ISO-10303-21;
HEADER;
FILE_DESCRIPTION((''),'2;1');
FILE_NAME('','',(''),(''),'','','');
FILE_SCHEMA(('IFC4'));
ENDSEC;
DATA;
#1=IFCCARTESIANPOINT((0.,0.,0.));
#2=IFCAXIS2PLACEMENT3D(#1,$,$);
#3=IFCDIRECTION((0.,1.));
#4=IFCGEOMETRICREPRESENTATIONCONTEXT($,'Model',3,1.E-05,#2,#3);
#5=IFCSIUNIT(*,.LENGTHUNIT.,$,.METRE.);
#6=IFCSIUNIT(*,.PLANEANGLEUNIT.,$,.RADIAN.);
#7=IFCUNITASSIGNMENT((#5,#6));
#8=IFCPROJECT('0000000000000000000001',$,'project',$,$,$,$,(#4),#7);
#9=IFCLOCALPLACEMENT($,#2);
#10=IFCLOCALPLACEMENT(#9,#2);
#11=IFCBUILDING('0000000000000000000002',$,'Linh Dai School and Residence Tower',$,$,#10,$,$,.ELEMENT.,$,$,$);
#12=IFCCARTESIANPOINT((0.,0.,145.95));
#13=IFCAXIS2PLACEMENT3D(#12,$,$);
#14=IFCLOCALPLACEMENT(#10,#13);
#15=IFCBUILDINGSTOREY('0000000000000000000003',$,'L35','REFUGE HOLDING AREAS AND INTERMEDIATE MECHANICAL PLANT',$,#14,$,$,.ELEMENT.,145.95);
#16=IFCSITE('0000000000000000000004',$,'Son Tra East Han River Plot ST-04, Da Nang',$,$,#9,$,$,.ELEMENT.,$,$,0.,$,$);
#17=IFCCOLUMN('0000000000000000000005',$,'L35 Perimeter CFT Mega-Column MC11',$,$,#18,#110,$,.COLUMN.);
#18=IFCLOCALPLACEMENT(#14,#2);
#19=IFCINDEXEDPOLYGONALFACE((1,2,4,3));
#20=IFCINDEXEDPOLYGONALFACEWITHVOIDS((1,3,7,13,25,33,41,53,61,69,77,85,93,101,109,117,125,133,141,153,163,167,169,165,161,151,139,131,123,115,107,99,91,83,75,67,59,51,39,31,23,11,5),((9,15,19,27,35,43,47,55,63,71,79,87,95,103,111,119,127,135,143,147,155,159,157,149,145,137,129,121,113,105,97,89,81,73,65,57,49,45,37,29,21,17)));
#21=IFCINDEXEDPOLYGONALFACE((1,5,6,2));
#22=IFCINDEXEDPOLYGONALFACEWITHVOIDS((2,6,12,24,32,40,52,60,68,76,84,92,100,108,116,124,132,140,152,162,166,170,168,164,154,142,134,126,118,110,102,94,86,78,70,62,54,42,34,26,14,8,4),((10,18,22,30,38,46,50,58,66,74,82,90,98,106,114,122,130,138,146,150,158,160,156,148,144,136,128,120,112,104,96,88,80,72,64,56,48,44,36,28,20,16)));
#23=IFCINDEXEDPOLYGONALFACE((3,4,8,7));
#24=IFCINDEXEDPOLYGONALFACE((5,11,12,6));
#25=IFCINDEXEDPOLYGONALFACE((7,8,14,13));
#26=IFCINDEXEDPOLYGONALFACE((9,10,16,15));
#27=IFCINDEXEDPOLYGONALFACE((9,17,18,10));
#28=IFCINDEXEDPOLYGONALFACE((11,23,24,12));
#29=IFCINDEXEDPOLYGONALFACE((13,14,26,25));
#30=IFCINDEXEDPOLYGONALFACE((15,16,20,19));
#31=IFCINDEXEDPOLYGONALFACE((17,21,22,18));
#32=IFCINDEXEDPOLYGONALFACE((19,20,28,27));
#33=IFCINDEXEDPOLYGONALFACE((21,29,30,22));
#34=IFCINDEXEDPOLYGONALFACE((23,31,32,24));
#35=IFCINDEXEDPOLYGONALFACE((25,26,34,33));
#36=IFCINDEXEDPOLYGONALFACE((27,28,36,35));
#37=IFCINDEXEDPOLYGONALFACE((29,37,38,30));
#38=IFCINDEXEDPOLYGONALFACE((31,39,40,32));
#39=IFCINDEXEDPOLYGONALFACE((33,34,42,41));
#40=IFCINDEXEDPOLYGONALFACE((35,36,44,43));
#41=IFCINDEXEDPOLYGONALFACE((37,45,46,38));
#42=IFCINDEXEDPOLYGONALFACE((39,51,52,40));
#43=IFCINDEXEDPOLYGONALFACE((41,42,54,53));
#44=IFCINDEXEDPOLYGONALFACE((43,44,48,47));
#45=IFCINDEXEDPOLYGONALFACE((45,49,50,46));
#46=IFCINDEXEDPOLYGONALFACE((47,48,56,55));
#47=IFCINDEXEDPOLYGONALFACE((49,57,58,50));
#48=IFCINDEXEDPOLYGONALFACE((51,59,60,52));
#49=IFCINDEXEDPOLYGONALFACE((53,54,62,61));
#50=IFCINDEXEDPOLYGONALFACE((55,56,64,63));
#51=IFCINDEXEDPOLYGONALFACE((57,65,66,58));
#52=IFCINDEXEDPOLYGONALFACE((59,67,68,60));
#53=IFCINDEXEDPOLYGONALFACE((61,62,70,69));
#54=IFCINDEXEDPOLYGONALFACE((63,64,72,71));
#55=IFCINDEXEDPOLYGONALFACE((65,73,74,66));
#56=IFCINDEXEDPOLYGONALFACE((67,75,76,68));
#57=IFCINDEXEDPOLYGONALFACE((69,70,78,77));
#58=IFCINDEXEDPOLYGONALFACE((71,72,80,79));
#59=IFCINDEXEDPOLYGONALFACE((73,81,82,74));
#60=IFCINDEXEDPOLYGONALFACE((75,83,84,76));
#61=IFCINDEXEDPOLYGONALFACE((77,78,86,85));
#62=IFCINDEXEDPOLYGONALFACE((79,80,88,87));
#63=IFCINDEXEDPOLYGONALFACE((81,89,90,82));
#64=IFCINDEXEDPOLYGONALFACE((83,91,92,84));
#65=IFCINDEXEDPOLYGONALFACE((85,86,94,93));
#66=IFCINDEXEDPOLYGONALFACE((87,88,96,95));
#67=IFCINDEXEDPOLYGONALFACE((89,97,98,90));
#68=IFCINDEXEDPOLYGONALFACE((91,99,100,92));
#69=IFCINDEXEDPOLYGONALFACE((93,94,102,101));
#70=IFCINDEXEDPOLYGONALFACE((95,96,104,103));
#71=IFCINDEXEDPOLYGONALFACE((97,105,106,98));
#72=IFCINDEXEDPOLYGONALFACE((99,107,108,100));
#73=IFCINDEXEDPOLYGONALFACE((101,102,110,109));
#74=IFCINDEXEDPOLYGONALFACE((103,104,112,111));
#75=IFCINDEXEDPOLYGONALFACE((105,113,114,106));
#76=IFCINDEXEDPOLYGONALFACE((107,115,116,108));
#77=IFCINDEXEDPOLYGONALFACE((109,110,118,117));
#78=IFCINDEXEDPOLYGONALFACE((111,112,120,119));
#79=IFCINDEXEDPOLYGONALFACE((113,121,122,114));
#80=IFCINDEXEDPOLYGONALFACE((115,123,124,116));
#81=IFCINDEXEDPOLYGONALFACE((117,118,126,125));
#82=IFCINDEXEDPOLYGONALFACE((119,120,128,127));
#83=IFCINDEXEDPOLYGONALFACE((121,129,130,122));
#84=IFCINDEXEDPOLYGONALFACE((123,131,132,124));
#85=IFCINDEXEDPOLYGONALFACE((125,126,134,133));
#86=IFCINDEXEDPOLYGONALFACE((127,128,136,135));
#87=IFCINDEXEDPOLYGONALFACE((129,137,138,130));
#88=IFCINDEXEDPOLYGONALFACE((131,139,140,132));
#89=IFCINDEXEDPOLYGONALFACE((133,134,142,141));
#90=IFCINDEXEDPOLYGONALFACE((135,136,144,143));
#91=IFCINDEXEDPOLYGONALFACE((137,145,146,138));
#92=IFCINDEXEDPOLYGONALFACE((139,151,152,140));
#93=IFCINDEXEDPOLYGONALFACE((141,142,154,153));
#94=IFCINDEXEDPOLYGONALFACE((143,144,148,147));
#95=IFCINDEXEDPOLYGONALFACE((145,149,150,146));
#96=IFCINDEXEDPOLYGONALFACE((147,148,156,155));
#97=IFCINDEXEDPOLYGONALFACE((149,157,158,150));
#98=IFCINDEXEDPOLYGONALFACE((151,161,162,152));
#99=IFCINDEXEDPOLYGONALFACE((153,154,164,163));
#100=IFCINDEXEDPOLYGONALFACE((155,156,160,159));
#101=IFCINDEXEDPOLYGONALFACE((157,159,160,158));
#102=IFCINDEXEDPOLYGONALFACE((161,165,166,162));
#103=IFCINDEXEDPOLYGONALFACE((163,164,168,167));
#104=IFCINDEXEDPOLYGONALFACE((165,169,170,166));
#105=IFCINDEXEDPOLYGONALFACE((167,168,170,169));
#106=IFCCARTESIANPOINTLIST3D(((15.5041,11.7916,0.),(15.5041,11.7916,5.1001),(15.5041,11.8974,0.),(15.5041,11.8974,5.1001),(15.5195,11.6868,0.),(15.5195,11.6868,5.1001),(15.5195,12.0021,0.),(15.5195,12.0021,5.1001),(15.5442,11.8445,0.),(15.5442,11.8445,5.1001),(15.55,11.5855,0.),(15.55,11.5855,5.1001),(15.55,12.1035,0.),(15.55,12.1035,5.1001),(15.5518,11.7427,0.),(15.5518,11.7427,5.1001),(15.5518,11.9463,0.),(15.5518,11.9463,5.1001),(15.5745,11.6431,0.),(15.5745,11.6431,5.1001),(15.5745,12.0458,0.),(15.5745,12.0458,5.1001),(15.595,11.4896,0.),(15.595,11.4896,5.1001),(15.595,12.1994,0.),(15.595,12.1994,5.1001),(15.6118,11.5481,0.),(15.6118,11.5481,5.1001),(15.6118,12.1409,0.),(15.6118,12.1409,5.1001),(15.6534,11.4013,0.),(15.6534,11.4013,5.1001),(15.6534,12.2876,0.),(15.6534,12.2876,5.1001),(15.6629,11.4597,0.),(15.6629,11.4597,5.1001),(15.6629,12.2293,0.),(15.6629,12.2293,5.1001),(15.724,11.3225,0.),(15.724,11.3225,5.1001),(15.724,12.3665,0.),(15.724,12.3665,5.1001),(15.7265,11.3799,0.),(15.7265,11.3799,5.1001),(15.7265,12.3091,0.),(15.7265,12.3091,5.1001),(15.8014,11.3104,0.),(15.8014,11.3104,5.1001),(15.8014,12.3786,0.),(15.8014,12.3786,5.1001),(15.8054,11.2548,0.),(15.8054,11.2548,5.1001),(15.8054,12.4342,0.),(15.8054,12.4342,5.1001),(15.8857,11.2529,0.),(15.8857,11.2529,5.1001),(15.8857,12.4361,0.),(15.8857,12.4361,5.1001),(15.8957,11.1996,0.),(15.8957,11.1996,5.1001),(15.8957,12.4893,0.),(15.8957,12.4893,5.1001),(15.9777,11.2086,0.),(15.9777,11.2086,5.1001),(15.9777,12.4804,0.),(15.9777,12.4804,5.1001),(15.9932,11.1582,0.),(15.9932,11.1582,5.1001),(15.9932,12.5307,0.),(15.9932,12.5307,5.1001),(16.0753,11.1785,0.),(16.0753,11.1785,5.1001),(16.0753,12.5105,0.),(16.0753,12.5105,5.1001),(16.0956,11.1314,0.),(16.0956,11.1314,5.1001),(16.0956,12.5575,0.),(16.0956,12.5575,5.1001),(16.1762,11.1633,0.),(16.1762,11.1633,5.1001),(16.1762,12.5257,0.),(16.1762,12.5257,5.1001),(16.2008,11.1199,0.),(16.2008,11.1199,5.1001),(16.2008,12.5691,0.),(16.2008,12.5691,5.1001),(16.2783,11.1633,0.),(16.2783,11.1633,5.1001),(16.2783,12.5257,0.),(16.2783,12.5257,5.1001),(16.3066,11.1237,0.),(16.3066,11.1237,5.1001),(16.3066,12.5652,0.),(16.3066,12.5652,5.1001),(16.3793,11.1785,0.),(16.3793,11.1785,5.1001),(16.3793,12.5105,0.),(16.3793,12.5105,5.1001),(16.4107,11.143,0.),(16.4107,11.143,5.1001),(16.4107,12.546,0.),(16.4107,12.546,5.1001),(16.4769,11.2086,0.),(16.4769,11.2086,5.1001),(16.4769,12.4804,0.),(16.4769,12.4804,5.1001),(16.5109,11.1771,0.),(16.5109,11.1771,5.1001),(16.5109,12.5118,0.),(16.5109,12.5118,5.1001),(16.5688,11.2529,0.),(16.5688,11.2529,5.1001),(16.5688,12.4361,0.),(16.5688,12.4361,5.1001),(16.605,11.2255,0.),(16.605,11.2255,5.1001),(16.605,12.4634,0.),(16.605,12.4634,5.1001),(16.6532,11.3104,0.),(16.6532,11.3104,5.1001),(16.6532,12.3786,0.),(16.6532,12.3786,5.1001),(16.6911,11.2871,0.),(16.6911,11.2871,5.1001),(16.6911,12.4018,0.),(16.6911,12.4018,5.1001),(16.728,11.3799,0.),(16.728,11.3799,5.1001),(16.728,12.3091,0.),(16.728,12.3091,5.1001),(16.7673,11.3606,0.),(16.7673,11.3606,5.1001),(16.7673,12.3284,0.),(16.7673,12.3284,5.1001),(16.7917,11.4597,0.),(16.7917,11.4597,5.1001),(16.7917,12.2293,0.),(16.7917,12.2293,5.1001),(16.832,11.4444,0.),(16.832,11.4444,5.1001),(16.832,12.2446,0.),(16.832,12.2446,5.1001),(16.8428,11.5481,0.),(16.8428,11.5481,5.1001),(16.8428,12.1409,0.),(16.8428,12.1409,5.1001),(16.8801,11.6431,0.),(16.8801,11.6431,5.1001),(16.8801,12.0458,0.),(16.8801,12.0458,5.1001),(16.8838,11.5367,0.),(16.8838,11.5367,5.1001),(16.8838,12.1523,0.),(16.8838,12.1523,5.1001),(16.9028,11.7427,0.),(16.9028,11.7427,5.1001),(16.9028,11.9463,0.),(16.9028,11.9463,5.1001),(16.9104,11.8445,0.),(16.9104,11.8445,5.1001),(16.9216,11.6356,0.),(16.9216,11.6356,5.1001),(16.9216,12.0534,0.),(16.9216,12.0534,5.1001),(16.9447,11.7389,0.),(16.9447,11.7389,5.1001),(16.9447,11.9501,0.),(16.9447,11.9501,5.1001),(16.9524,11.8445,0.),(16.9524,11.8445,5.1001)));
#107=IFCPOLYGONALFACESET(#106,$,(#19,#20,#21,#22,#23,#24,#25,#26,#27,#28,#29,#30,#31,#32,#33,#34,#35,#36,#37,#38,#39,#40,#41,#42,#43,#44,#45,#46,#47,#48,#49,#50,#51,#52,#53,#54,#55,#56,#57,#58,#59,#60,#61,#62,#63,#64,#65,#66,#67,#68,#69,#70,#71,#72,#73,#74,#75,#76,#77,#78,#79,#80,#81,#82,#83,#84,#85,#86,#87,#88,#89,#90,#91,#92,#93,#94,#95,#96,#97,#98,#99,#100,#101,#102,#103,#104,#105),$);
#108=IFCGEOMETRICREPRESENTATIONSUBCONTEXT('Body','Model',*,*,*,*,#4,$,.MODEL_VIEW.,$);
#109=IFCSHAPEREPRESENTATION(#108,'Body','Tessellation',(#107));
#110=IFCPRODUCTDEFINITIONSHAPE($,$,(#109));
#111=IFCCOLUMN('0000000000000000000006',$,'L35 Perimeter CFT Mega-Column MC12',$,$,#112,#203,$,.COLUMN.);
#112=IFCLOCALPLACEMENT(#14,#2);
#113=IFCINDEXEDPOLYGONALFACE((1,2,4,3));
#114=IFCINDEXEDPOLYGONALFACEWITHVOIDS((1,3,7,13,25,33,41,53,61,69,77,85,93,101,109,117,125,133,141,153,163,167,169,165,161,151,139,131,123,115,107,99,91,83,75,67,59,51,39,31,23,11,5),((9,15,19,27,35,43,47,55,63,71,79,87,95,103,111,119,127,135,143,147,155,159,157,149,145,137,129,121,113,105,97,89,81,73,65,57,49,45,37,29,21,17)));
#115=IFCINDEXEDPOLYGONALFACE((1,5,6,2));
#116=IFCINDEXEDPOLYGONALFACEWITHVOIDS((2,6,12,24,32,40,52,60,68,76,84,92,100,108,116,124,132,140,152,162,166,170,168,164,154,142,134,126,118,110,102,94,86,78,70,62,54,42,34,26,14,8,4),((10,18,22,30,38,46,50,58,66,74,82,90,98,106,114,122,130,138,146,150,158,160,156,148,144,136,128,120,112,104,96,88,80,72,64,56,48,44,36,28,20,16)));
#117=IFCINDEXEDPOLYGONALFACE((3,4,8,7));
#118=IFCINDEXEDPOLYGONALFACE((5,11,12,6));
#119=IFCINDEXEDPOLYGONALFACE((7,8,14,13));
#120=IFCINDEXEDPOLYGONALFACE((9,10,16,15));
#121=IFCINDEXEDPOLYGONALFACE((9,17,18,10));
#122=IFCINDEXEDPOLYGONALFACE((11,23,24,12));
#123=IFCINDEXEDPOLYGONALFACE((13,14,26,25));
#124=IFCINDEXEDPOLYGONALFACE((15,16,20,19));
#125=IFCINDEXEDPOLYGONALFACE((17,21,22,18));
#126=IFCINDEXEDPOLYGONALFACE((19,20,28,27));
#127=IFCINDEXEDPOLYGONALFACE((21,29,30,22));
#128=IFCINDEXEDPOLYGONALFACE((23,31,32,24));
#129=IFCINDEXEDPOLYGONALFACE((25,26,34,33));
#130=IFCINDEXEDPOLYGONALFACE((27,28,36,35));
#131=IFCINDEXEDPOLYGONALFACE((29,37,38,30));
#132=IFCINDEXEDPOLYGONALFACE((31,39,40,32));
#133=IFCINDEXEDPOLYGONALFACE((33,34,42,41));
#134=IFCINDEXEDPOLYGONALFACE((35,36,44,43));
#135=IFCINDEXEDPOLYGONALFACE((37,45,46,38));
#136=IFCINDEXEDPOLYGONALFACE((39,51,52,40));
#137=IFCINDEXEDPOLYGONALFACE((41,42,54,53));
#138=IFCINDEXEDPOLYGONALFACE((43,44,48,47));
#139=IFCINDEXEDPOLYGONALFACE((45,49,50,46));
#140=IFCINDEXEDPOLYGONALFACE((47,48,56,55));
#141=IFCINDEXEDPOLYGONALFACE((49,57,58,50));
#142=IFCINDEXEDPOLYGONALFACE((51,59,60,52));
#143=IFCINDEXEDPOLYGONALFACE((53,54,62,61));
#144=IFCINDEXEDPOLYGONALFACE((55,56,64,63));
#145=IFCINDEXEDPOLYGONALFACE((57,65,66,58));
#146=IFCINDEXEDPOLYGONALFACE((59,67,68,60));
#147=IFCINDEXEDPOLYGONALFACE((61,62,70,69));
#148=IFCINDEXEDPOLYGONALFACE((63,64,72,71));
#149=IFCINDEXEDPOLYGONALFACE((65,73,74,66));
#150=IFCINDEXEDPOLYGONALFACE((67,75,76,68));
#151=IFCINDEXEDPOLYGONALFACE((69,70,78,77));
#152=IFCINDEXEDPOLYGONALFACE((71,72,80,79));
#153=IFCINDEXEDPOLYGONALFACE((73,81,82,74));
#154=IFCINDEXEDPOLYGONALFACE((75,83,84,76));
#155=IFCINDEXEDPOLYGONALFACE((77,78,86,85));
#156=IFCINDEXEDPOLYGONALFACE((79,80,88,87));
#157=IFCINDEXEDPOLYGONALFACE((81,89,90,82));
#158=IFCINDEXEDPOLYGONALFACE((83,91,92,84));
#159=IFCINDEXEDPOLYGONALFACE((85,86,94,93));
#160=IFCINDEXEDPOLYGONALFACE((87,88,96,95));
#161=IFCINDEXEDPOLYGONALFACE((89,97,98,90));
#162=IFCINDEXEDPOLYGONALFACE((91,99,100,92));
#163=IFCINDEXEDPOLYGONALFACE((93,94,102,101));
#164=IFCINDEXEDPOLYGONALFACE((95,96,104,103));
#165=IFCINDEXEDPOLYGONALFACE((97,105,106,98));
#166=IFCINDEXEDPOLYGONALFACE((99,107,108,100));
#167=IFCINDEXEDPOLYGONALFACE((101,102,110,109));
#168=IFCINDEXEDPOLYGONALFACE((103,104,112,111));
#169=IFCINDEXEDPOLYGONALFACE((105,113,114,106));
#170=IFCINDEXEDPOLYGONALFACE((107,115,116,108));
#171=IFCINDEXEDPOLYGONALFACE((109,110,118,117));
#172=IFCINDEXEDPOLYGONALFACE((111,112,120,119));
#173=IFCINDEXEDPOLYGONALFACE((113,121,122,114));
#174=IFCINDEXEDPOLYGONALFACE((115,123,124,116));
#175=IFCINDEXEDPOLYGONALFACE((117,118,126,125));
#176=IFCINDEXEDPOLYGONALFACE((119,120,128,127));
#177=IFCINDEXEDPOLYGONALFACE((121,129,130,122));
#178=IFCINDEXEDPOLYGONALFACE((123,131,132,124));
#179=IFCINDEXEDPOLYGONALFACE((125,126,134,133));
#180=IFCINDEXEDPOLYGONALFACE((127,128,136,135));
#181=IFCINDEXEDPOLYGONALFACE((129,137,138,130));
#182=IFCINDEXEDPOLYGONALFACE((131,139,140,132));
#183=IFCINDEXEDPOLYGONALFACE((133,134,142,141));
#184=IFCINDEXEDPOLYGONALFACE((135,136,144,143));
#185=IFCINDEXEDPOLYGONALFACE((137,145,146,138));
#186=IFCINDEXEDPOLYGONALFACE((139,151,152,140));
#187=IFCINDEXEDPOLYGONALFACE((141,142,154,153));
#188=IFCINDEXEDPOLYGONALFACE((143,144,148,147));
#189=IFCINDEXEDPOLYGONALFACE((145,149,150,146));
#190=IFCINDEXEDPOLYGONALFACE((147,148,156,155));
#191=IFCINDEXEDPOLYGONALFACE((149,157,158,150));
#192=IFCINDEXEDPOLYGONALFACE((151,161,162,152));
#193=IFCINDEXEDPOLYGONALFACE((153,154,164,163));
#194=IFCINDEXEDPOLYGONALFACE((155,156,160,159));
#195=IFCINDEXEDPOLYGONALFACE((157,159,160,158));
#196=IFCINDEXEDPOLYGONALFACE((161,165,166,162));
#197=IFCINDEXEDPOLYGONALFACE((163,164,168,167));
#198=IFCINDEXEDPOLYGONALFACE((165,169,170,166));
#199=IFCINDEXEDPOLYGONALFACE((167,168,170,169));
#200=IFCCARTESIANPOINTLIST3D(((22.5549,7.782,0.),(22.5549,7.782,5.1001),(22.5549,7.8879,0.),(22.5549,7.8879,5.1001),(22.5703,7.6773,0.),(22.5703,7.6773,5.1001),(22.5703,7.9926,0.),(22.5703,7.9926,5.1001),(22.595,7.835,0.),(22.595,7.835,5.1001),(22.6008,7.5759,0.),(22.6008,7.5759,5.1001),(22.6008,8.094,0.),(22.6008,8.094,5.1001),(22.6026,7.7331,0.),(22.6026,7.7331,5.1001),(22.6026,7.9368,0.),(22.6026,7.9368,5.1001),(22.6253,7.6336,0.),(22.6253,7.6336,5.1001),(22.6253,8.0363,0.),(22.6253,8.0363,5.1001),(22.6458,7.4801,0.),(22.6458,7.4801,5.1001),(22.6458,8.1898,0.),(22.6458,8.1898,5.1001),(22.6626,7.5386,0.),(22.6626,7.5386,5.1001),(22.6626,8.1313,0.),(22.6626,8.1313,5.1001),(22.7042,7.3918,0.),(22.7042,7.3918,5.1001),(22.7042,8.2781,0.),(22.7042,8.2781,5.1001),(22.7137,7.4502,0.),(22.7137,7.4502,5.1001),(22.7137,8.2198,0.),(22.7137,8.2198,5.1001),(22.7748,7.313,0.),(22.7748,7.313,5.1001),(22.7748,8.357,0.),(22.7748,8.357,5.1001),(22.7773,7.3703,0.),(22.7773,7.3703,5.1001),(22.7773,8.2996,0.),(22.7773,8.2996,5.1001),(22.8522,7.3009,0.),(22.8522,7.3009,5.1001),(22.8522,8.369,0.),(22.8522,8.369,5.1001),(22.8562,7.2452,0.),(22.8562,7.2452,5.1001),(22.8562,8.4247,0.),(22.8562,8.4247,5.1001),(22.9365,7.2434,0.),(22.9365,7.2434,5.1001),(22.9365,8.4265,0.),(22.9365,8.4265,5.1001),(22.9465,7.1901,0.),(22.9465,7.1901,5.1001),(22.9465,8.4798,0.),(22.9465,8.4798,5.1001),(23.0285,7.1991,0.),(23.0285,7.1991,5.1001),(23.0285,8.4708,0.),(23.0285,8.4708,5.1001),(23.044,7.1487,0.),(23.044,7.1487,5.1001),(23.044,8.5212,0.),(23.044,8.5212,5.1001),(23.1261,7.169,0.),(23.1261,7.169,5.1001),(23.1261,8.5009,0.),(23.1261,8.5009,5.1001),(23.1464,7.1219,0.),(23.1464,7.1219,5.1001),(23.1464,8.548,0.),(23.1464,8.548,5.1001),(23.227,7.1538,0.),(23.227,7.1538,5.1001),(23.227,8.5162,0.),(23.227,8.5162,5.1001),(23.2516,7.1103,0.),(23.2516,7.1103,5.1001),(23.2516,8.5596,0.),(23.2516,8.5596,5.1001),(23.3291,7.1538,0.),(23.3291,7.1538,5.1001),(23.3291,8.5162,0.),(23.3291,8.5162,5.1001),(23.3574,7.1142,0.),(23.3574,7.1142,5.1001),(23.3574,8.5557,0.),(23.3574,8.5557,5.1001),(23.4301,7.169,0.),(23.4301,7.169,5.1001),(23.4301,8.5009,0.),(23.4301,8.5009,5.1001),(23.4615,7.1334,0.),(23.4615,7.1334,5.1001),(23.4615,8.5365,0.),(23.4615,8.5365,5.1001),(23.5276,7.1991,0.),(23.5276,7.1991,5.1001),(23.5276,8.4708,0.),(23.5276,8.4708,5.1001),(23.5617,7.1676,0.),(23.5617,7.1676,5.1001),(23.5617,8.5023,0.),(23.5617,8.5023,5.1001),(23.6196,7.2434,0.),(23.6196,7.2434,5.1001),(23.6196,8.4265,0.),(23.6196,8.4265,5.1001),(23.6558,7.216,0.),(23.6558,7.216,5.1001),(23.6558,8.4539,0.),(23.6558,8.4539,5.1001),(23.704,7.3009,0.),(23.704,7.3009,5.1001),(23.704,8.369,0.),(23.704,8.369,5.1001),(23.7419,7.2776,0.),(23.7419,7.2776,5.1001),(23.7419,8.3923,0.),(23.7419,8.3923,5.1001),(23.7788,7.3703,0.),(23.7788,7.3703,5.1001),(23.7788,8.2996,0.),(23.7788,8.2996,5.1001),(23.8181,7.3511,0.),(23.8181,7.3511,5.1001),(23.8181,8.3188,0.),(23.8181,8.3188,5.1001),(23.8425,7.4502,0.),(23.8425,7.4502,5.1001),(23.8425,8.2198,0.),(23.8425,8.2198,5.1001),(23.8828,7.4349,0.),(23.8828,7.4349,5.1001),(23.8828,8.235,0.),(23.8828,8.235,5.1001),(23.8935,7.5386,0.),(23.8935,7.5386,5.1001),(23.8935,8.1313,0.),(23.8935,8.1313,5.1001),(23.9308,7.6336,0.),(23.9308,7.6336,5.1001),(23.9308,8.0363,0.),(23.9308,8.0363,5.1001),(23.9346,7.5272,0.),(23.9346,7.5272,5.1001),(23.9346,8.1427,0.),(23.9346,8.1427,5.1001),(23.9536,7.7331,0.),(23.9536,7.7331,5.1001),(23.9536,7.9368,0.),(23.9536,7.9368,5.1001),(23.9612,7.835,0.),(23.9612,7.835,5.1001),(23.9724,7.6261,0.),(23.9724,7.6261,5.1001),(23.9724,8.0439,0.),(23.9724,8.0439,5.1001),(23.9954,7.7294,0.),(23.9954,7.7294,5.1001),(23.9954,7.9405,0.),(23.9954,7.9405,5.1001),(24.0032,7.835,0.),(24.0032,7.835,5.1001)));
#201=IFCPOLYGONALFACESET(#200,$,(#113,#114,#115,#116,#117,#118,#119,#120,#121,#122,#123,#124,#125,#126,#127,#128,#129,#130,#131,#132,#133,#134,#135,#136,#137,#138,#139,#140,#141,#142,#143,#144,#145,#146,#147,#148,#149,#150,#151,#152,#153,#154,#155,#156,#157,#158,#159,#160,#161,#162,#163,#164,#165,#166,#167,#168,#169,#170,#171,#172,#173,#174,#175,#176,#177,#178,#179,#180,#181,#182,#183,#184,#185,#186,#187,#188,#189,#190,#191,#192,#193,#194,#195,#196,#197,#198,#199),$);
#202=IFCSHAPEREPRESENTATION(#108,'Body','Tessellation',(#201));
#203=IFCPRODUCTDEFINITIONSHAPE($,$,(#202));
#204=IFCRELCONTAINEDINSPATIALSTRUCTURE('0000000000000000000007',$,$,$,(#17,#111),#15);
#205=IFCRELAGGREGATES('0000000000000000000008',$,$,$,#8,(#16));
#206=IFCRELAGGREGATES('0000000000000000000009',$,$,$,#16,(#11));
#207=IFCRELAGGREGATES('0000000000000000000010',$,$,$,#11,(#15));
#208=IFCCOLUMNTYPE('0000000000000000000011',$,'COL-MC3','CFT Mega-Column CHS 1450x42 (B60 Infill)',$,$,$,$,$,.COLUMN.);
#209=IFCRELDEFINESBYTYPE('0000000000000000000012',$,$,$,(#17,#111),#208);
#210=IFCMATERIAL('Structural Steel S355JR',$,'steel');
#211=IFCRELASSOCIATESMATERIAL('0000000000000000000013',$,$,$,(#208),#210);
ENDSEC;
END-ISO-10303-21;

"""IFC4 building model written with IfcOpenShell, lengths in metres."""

from ifc_helpers import new_model, si_unit, direction, frame, origin, origin_2d, place, context, subcontext, project, spatial, hollow_circle, extrude, material, material_profile, profile_set, type_object, element, save


model = new_model("IFC4")

# Units and contexts
model_context = context("Model", 3, precision=1e-05, world=origin(), true_north=direction((0.0, 1.0)))
body_context = subcontext(model_context, "Body", "Model", "MODEL_VIEW")
ifc_project = project(units=[si_unit("LENGTHUNIT", "METRE"), si_unit("PLANEANGLEUNIT", "RADIAN")], contexts=[model_context])

# Site, building, storey
site_placement = place(None, origin())
site = spatial("IfcSite", under=ifc_project, at=site_placement, Name="Son Tra East Han River Plot ST-04, Da Nang", CompositionType="ELEMENT", RefElevation=0.0)
building_placement = place(site_placement, origin())
building = spatial("IfcBuilding", under=site, at=building_placement, Name="Linh Dai School and Residence Tower", CompositionType="ELEMENT")
storey_placement = place(building_placement, frame((0.0, 0.0, 145.95)))
storey = spatial("IfcBuildingStorey", under=building, at=storey_placement, Name="L35", Description="REFUGE HOLDING AREAS AND INTERMEDIATE MECHANICAL PLANT", CompositionType="ELEMENT", Elevation=145.95)

# Columns
ifc_material_1 = material(Name="Structural Steel S355JR", Category="steel")
ifc_material_profile_1 = material_profile(ifc_material_1, hollow_circle(Radius=0.7251, WallThickness=0.042, at=origin_2d()), Name="CHS 1450x42")
ifc_profile_set_1 = profile_set([ifc_material_profile_1], Name="Structural Steel S355JR")
column_type = type_object("IfcColumnType", Name="COL-MC3", Description="CFT Mega-Column CHS 1450x42 (B60 Infill)", PredefinedType="COLUMN", material=ifc_profile_set_1)
for number, where, z_axis, x_axis, name in (
    (1, (16.2273, 11.8445, 0.0), (0.0, 0.0, 1.0), (1.0, 0.0, 0.0), "L35 Perimeter CFT Mega-Column MC11"),
    (2, (23.2781, 7.835, 0.0), (0.0, 0.0, 1.0), (1.0, 0.0, 0.0), "L35 Perimeter CFT Mega-Column MC12"),
):
    element("IfcColumn", number, at=place(storey_placement, frame(where, z_axis=z_axis, x_axis=x_axis)), inside=storey, type_object=column_type, Name=name, PredefinedType="COLUMN", context=body_context, shape_type="SweptSolid", body=[
        extrude(hollow_circle(Radius=0.7251, WallThickness=0.042, at=origin_2d()), origin(), (0.0, 0.0, 1.0), 5.1001),
    ])

save(model, "model.ifc")
